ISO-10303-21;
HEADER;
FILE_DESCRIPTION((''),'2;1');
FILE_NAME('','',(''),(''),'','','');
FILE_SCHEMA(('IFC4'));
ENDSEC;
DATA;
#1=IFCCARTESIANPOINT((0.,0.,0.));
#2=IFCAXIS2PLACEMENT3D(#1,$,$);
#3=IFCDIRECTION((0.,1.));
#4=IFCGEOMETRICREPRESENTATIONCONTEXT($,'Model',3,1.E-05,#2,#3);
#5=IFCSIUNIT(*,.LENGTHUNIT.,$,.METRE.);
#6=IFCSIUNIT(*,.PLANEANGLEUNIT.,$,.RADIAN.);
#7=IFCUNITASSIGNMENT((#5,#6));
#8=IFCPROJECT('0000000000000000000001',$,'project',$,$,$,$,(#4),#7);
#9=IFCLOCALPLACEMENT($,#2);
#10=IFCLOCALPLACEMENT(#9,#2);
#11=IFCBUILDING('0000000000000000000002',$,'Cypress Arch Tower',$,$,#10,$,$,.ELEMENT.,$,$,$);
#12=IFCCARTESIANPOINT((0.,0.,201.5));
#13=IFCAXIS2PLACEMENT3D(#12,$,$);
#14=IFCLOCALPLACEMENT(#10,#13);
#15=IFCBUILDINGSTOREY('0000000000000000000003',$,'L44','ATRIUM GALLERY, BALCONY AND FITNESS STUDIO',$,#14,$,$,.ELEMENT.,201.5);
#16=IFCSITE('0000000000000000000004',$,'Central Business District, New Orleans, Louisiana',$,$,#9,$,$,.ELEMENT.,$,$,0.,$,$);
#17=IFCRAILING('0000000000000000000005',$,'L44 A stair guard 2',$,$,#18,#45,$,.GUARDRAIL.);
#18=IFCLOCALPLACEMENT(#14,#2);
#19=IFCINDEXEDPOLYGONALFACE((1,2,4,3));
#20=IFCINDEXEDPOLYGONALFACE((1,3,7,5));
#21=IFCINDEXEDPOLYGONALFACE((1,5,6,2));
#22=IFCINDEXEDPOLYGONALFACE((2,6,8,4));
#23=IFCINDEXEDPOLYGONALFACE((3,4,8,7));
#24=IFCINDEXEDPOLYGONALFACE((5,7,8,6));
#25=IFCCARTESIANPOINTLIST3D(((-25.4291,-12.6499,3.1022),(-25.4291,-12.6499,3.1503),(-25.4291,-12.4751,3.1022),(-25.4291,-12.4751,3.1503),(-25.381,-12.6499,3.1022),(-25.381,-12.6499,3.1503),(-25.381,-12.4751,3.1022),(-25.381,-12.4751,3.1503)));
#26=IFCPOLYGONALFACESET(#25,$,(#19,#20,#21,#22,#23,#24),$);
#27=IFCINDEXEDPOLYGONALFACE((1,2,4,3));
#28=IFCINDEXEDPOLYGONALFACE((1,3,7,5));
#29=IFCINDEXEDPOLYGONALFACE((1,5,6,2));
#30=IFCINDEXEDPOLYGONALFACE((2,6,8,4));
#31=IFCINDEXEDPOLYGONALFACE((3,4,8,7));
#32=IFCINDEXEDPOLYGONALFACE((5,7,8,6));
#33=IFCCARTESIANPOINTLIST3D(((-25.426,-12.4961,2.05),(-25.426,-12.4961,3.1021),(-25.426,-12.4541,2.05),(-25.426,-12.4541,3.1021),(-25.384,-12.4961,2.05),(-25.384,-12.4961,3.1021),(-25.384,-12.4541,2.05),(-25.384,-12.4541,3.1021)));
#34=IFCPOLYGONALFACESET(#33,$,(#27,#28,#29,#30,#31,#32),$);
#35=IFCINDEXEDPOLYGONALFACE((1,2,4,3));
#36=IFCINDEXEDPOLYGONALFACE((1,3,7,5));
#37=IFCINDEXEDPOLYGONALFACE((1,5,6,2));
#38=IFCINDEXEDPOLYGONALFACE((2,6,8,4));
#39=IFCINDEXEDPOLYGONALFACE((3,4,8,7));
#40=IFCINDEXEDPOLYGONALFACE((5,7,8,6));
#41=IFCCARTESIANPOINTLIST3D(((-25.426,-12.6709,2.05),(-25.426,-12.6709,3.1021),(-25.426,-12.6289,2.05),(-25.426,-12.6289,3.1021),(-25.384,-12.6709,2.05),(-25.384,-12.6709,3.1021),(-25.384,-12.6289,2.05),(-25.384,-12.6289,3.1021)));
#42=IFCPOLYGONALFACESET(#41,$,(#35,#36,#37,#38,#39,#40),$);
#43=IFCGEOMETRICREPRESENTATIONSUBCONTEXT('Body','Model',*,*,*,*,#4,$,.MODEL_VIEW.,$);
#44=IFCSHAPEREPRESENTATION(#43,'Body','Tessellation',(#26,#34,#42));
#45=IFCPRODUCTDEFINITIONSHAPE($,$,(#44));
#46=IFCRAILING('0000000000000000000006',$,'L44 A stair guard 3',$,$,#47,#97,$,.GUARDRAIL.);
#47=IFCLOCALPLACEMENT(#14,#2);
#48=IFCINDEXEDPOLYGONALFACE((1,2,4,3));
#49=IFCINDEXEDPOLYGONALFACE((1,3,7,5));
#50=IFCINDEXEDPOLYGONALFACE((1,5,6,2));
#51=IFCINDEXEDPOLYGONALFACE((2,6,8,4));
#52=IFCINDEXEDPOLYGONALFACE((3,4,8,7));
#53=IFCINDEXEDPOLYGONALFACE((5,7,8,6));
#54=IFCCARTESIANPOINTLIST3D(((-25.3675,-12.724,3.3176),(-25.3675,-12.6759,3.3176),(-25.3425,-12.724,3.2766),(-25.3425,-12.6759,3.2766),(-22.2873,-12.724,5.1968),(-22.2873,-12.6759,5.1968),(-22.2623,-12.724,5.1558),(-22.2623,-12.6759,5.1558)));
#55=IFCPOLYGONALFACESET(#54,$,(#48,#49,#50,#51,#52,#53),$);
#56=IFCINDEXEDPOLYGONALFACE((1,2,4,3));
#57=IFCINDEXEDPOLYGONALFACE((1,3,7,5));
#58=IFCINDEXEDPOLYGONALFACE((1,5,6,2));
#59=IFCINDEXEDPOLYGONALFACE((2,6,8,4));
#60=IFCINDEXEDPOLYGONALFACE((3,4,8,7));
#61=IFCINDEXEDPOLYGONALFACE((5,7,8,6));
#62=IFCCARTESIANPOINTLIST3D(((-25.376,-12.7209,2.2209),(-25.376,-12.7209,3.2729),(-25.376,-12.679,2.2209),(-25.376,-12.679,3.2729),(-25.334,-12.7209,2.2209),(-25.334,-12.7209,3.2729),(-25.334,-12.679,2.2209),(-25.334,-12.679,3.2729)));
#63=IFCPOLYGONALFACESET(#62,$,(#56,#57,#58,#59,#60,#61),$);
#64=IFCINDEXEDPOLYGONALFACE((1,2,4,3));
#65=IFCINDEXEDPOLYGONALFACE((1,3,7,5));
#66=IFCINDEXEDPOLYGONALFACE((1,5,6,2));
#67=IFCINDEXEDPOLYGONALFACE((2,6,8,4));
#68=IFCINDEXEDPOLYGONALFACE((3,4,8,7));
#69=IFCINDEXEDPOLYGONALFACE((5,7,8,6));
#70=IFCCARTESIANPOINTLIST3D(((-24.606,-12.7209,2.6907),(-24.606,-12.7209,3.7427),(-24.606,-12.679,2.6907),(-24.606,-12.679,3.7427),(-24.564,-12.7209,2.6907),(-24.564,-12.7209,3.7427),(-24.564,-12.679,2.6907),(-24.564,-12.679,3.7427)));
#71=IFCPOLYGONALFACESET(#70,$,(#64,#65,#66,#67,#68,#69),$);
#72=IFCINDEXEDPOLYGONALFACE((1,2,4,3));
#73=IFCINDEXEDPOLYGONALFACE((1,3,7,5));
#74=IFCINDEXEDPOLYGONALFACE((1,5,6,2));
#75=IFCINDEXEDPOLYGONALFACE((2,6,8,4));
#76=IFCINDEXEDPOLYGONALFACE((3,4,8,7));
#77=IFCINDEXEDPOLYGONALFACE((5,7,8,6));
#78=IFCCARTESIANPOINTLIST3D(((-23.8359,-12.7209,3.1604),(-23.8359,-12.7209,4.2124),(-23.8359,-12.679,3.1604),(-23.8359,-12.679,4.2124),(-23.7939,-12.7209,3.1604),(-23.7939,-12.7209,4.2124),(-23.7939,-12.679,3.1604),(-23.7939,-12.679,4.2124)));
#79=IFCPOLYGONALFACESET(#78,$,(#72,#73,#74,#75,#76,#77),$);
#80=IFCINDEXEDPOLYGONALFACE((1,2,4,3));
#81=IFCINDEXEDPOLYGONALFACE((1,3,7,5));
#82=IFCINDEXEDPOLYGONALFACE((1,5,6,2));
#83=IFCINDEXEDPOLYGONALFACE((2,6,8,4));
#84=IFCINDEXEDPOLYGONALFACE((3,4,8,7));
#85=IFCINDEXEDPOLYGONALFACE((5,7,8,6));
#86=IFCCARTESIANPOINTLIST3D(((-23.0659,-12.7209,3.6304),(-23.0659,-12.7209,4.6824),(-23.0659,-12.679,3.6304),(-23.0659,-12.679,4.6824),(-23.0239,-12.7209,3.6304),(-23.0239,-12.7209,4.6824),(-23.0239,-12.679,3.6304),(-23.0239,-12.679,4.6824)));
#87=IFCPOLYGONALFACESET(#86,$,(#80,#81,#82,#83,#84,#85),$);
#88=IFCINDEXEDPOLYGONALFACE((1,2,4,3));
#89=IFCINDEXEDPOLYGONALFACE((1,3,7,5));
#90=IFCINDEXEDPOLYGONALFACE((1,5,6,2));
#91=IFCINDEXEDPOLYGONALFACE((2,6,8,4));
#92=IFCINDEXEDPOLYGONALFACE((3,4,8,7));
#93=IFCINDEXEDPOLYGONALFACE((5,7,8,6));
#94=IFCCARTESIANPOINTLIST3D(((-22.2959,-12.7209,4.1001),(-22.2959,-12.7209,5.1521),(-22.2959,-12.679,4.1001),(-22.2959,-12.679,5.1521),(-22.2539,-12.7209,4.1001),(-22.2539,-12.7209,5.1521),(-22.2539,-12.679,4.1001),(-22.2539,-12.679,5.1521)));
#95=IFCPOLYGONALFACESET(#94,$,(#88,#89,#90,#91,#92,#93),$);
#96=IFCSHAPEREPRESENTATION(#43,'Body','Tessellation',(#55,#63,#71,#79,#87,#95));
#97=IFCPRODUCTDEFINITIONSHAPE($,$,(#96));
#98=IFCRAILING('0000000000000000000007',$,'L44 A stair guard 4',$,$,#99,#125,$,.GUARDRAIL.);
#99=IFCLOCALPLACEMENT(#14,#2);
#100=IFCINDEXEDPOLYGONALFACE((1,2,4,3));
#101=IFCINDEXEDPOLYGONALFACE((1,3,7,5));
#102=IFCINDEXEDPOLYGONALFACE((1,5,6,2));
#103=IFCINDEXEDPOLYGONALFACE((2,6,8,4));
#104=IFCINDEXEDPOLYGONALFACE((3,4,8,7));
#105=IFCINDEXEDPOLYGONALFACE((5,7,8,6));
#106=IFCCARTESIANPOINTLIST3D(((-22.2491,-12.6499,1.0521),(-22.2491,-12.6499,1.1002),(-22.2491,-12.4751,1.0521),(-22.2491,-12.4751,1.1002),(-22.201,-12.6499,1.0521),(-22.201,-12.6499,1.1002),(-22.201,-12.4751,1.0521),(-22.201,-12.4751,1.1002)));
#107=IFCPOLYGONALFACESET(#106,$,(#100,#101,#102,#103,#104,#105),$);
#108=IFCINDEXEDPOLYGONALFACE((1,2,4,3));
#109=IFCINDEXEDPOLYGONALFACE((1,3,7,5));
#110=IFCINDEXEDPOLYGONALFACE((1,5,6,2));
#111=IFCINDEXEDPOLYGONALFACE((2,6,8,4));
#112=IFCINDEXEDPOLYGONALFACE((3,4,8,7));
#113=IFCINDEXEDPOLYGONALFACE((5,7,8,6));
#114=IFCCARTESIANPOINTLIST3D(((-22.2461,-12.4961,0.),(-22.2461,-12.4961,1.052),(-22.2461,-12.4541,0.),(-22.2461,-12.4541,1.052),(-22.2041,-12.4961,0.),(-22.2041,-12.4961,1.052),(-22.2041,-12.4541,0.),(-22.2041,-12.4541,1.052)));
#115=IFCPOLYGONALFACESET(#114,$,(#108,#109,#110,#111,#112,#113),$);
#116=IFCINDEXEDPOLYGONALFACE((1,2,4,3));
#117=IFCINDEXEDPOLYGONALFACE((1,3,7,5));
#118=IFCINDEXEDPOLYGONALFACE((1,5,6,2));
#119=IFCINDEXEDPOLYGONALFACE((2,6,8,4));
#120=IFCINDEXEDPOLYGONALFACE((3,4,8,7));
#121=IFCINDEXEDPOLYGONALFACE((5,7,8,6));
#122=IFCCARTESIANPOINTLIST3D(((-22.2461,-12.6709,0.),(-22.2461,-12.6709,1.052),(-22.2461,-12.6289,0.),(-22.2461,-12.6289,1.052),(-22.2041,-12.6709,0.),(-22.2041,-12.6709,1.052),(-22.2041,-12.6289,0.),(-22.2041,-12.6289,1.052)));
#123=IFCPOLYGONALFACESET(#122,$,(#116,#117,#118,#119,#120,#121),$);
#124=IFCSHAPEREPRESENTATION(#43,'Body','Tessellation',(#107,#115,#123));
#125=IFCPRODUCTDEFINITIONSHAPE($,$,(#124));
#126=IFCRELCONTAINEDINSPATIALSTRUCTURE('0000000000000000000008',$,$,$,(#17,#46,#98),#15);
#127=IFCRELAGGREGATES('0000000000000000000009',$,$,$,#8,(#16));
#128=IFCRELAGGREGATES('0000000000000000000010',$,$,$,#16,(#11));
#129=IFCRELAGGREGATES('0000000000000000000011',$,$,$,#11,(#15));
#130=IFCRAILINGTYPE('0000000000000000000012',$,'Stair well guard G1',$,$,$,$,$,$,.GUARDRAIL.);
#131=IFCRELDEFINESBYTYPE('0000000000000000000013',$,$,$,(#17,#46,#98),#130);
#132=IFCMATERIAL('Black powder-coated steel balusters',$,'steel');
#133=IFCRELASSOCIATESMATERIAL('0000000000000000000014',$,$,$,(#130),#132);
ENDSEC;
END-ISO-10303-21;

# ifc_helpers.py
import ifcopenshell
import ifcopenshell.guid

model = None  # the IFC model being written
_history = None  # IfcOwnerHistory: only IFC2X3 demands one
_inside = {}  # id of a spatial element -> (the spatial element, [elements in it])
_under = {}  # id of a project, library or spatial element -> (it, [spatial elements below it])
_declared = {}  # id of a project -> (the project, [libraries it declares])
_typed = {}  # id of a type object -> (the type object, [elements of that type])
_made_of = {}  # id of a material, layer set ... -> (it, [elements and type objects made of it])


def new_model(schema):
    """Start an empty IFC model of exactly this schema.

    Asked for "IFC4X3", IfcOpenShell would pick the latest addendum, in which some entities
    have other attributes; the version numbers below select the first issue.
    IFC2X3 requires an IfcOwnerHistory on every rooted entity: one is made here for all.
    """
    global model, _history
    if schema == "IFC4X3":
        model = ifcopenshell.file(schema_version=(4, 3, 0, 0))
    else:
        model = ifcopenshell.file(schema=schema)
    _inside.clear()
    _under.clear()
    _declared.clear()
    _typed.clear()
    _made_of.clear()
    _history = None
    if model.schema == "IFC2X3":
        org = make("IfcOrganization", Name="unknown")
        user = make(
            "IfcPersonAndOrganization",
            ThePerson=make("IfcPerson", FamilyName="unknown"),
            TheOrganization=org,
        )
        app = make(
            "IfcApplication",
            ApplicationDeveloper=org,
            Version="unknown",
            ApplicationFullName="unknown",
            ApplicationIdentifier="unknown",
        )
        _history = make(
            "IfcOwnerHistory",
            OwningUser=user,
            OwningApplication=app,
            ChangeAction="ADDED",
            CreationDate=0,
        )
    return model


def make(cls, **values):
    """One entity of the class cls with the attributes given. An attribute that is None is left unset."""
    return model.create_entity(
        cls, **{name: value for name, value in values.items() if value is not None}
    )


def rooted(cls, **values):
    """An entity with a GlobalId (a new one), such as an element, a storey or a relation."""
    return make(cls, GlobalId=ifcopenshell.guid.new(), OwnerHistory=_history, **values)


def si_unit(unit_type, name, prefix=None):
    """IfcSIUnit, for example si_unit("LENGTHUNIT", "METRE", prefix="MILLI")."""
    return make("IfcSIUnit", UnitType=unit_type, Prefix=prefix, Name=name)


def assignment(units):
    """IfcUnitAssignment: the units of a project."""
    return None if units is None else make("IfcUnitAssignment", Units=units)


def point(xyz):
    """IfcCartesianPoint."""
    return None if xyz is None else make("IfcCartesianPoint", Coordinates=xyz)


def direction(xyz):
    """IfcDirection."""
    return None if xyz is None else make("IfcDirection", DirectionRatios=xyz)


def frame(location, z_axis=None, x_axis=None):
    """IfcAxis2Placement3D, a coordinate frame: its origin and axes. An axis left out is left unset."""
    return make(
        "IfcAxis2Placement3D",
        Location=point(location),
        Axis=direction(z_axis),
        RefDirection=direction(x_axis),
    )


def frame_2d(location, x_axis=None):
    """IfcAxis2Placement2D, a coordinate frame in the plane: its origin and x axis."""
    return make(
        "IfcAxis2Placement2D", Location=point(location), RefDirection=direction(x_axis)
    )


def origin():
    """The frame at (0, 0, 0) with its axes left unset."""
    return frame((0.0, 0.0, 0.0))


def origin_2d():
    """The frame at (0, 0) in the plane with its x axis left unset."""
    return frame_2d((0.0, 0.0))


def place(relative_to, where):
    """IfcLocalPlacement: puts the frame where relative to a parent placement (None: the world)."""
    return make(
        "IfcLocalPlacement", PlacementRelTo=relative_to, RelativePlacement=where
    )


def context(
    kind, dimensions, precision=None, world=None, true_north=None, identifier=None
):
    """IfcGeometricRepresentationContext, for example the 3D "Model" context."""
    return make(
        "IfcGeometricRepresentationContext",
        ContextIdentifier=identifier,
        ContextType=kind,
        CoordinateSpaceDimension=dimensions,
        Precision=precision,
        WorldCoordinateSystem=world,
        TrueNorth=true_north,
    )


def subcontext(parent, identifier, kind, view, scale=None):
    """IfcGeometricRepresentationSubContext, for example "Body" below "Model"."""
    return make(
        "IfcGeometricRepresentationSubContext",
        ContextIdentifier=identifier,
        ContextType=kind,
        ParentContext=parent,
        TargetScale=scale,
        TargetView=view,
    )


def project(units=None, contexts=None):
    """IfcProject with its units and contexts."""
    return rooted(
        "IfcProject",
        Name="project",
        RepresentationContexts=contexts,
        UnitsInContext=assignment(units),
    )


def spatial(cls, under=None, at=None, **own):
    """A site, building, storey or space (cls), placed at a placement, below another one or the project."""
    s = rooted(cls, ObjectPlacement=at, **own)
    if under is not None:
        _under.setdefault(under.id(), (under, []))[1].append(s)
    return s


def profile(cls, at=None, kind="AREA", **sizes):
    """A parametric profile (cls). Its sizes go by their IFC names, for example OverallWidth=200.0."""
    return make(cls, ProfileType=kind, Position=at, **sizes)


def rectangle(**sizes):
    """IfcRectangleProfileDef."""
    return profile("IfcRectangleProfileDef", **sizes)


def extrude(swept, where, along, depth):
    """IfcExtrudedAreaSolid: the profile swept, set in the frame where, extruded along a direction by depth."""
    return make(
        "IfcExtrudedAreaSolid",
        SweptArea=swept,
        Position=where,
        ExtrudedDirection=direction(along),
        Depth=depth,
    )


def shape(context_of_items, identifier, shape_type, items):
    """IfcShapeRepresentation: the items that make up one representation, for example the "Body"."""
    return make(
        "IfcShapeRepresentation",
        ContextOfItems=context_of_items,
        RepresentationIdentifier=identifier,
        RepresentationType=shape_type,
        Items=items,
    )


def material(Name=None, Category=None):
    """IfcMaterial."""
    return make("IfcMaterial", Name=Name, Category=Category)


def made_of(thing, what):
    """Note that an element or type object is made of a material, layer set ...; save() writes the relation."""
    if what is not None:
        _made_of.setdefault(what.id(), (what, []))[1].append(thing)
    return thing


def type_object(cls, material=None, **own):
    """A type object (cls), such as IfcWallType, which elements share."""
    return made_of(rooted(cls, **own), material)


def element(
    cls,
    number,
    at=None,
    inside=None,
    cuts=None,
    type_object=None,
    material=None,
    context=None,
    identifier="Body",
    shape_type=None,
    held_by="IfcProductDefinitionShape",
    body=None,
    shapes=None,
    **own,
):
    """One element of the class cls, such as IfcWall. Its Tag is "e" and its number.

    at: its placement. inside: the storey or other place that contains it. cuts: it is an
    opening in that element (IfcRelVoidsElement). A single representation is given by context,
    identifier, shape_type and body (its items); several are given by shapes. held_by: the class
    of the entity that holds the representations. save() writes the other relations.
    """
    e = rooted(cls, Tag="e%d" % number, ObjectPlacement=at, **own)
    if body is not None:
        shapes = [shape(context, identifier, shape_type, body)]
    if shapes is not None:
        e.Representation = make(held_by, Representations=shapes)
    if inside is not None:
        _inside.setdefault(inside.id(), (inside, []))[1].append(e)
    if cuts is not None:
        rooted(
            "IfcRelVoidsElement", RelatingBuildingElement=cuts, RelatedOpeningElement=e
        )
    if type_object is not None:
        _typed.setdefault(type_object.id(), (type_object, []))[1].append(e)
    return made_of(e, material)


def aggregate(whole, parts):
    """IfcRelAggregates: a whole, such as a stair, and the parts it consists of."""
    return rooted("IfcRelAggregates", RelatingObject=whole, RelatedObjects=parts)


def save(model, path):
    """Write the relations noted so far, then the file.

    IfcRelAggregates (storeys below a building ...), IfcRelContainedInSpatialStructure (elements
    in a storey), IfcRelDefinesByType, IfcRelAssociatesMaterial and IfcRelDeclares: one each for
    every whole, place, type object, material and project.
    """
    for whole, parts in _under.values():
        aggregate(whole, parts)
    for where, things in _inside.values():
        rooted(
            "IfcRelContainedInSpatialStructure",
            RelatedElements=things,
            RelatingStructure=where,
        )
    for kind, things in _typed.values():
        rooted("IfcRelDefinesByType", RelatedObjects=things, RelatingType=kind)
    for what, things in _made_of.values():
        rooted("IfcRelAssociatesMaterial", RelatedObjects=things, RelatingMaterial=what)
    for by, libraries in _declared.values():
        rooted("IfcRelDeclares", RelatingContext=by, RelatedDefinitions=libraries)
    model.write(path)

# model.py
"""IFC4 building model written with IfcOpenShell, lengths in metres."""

from ifc_helpers import new_model, si_unit, direction, frame, origin, origin_2d, place, context, subcontext, project, spatial, rectangle, extrude, material, type_object, element, save


model = new_model("IFC4")

# Units and contexts
model_context = context("Model", 3, precision=1e-05, world=origin(), true_north=direction((0.0, 1.0)))
body_context = subcontext(model_context, "Body", "Model", "MODEL_VIEW")
ifc_project = project(units=[si_unit("LENGTHUNIT", "METRE"), si_unit("PLANEANGLEUNIT", "RADIAN")], contexts=[model_context])

# Site, building, storey
site_placement = place(None, origin())
site = spatial("IfcSite", under=ifc_project, at=site_placement, Name="Central Business District, New Orleans, Louisiana", CompositionType="ELEMENT", RefElevation=0.0)
building_placement = place(site_placement, origin())
building = spatial("IfcBuilding", under=site, at=building_placement, Name="Cypress Arch Tower", CompositionType="ELEMENT")
storey_placement = place(building_placement, frame((0.0, 0.0, 201.5)))
storey = spatial("IfcBuildingStorey", under=building, at=storey_placement, Name="L44", Description="ATRIUM GALLERY, BALCONY AND FITNESS STUDIO", CompositionType="ELEMENT", Elevation=201.5)

# Railings
ifc_material_1 = material(Name="Black powder-coated steel balusters", Category="steel")
railing_type_1 = type_object("IfcRailingType", Name="Stair well guard G1", PredefinedType="GUARDRAIL", material=ifc_material_1)
railing_1_placement = place(storey_placement, frame((-25.405, -12.4751, 2.05)))
element("IfcRailing", 1, at=railing_1_placement, inside=storey, type_object=railing_type_1, Name="L44 A stair guard 2", PredefinedType="GUARDRAIL", context=body_context, shape_type="SweptSolid", body=[
    extrude(rectangle(XDim=0.0481, YDim=0.0481, at=origin_2d()), frame((0.0, 0.0, 1.0762), z_axis=(0.0, -1.0, 0.0), x_axis=(1.0, 0.0, 0.0)), (0.0, 0.0, 1.0), 0.1748),
    extrude(rectangle(XDim=0.042, YDim=0.042, at=origin_2d()), origin(), (0.0, 0.0, 1.0), 1.052),
    extrude(rectangle(XDim=0.042, YDim=0.042, at=origin_2d()), frame((0.0, -0.1748, 0.0)), (0.0, 0.0, 1.0), 1.052),
])
railing_2_placement = place(storey_placement, frame((-25.355, -12.7, 2.2209)))
element("IfcRailing", 2, at=railing_2_placement, inside=storey, type_object=railing_type_1, Name="L44 A stair guard 3", PredefinedType="GUARDRAIL", context=body_context, shape_type="SweptSolid", body=[
    extrude(rectangle(XDim=0.0481, YDim=0.0481, at=origin_2d()), frame((0.0, 0.0, 1.0762), z_axis=(0.853666, 0.0, 0.52082), x_axis=(0.0, 1.0, 0.0)), (0.0, 0.0, 1.0), 3.6082),
    extrude(rectangle(XDim=0.042, YDim=0.042, at=origin_2d()), origin(), (0.0, 0.0, 1.0), 1.052),
    extrude(rectangle(XDim=0.042, YDim=0.042, at=origin_2d()), frame((0.77, 0.0, 0.4697)), (0.0, 0.0, 1.0), 1.052),
    extrude(rectangle(XDim=0.042, YDim=0.042, at=origin_2d()), frame((1.54, 0.0, 0.9395)), (0.0, 0.0, 1.0), 1.052),
    extrude(rectangle(XDim=0.042, YDim=0.042, at=origin_2d()), frame((2.3101, 0.0, 1.4094)), (0.0, 0.0, 1.0), 1.052),
    extrude(rectangle(XDim=0.042, YDim=0.042, at=origin_2d()), frame((3.0801, 0.0, 1.8792)), (0.0, 0.0, 1.0), 1.052),
])
railing_3_placement = place(storey_placement, frame((-22.2251, -12.4751, 0.0)))
element("IfcRailing", 3, at=railing_3_placement, inside=storey, type_object=railing_type_1, Name="L44 A stair guard 4", PredefinedType="GUARDRAIL", context=body_context, shape_type="SweptSolid", body=[
    extrude(rectangle(XDim=0.0481, YDim=0.0481, at=origin_2d()), frame((0.0, 0.0, 1.0762), z_axis=(0.0, -1.0, 0.0), x_axis=(1.0, 0.0, 0.0)), (0.0, 0.0, 1.0), 0.1748),
    extrude(rectangle(XDim=0.042, YDim=0.042, at=origin_2d()), origin(), (0.0, 0.0, 1.0), 1.052),
    extrude(rectangle(XDim=0.042, YDim=0.042, at=origin_2d()), frame((0.0, -0.1748, 0.0)), (0.0, 0.0, 1.0), 1.052),
])

save(model, "model.ifc")
